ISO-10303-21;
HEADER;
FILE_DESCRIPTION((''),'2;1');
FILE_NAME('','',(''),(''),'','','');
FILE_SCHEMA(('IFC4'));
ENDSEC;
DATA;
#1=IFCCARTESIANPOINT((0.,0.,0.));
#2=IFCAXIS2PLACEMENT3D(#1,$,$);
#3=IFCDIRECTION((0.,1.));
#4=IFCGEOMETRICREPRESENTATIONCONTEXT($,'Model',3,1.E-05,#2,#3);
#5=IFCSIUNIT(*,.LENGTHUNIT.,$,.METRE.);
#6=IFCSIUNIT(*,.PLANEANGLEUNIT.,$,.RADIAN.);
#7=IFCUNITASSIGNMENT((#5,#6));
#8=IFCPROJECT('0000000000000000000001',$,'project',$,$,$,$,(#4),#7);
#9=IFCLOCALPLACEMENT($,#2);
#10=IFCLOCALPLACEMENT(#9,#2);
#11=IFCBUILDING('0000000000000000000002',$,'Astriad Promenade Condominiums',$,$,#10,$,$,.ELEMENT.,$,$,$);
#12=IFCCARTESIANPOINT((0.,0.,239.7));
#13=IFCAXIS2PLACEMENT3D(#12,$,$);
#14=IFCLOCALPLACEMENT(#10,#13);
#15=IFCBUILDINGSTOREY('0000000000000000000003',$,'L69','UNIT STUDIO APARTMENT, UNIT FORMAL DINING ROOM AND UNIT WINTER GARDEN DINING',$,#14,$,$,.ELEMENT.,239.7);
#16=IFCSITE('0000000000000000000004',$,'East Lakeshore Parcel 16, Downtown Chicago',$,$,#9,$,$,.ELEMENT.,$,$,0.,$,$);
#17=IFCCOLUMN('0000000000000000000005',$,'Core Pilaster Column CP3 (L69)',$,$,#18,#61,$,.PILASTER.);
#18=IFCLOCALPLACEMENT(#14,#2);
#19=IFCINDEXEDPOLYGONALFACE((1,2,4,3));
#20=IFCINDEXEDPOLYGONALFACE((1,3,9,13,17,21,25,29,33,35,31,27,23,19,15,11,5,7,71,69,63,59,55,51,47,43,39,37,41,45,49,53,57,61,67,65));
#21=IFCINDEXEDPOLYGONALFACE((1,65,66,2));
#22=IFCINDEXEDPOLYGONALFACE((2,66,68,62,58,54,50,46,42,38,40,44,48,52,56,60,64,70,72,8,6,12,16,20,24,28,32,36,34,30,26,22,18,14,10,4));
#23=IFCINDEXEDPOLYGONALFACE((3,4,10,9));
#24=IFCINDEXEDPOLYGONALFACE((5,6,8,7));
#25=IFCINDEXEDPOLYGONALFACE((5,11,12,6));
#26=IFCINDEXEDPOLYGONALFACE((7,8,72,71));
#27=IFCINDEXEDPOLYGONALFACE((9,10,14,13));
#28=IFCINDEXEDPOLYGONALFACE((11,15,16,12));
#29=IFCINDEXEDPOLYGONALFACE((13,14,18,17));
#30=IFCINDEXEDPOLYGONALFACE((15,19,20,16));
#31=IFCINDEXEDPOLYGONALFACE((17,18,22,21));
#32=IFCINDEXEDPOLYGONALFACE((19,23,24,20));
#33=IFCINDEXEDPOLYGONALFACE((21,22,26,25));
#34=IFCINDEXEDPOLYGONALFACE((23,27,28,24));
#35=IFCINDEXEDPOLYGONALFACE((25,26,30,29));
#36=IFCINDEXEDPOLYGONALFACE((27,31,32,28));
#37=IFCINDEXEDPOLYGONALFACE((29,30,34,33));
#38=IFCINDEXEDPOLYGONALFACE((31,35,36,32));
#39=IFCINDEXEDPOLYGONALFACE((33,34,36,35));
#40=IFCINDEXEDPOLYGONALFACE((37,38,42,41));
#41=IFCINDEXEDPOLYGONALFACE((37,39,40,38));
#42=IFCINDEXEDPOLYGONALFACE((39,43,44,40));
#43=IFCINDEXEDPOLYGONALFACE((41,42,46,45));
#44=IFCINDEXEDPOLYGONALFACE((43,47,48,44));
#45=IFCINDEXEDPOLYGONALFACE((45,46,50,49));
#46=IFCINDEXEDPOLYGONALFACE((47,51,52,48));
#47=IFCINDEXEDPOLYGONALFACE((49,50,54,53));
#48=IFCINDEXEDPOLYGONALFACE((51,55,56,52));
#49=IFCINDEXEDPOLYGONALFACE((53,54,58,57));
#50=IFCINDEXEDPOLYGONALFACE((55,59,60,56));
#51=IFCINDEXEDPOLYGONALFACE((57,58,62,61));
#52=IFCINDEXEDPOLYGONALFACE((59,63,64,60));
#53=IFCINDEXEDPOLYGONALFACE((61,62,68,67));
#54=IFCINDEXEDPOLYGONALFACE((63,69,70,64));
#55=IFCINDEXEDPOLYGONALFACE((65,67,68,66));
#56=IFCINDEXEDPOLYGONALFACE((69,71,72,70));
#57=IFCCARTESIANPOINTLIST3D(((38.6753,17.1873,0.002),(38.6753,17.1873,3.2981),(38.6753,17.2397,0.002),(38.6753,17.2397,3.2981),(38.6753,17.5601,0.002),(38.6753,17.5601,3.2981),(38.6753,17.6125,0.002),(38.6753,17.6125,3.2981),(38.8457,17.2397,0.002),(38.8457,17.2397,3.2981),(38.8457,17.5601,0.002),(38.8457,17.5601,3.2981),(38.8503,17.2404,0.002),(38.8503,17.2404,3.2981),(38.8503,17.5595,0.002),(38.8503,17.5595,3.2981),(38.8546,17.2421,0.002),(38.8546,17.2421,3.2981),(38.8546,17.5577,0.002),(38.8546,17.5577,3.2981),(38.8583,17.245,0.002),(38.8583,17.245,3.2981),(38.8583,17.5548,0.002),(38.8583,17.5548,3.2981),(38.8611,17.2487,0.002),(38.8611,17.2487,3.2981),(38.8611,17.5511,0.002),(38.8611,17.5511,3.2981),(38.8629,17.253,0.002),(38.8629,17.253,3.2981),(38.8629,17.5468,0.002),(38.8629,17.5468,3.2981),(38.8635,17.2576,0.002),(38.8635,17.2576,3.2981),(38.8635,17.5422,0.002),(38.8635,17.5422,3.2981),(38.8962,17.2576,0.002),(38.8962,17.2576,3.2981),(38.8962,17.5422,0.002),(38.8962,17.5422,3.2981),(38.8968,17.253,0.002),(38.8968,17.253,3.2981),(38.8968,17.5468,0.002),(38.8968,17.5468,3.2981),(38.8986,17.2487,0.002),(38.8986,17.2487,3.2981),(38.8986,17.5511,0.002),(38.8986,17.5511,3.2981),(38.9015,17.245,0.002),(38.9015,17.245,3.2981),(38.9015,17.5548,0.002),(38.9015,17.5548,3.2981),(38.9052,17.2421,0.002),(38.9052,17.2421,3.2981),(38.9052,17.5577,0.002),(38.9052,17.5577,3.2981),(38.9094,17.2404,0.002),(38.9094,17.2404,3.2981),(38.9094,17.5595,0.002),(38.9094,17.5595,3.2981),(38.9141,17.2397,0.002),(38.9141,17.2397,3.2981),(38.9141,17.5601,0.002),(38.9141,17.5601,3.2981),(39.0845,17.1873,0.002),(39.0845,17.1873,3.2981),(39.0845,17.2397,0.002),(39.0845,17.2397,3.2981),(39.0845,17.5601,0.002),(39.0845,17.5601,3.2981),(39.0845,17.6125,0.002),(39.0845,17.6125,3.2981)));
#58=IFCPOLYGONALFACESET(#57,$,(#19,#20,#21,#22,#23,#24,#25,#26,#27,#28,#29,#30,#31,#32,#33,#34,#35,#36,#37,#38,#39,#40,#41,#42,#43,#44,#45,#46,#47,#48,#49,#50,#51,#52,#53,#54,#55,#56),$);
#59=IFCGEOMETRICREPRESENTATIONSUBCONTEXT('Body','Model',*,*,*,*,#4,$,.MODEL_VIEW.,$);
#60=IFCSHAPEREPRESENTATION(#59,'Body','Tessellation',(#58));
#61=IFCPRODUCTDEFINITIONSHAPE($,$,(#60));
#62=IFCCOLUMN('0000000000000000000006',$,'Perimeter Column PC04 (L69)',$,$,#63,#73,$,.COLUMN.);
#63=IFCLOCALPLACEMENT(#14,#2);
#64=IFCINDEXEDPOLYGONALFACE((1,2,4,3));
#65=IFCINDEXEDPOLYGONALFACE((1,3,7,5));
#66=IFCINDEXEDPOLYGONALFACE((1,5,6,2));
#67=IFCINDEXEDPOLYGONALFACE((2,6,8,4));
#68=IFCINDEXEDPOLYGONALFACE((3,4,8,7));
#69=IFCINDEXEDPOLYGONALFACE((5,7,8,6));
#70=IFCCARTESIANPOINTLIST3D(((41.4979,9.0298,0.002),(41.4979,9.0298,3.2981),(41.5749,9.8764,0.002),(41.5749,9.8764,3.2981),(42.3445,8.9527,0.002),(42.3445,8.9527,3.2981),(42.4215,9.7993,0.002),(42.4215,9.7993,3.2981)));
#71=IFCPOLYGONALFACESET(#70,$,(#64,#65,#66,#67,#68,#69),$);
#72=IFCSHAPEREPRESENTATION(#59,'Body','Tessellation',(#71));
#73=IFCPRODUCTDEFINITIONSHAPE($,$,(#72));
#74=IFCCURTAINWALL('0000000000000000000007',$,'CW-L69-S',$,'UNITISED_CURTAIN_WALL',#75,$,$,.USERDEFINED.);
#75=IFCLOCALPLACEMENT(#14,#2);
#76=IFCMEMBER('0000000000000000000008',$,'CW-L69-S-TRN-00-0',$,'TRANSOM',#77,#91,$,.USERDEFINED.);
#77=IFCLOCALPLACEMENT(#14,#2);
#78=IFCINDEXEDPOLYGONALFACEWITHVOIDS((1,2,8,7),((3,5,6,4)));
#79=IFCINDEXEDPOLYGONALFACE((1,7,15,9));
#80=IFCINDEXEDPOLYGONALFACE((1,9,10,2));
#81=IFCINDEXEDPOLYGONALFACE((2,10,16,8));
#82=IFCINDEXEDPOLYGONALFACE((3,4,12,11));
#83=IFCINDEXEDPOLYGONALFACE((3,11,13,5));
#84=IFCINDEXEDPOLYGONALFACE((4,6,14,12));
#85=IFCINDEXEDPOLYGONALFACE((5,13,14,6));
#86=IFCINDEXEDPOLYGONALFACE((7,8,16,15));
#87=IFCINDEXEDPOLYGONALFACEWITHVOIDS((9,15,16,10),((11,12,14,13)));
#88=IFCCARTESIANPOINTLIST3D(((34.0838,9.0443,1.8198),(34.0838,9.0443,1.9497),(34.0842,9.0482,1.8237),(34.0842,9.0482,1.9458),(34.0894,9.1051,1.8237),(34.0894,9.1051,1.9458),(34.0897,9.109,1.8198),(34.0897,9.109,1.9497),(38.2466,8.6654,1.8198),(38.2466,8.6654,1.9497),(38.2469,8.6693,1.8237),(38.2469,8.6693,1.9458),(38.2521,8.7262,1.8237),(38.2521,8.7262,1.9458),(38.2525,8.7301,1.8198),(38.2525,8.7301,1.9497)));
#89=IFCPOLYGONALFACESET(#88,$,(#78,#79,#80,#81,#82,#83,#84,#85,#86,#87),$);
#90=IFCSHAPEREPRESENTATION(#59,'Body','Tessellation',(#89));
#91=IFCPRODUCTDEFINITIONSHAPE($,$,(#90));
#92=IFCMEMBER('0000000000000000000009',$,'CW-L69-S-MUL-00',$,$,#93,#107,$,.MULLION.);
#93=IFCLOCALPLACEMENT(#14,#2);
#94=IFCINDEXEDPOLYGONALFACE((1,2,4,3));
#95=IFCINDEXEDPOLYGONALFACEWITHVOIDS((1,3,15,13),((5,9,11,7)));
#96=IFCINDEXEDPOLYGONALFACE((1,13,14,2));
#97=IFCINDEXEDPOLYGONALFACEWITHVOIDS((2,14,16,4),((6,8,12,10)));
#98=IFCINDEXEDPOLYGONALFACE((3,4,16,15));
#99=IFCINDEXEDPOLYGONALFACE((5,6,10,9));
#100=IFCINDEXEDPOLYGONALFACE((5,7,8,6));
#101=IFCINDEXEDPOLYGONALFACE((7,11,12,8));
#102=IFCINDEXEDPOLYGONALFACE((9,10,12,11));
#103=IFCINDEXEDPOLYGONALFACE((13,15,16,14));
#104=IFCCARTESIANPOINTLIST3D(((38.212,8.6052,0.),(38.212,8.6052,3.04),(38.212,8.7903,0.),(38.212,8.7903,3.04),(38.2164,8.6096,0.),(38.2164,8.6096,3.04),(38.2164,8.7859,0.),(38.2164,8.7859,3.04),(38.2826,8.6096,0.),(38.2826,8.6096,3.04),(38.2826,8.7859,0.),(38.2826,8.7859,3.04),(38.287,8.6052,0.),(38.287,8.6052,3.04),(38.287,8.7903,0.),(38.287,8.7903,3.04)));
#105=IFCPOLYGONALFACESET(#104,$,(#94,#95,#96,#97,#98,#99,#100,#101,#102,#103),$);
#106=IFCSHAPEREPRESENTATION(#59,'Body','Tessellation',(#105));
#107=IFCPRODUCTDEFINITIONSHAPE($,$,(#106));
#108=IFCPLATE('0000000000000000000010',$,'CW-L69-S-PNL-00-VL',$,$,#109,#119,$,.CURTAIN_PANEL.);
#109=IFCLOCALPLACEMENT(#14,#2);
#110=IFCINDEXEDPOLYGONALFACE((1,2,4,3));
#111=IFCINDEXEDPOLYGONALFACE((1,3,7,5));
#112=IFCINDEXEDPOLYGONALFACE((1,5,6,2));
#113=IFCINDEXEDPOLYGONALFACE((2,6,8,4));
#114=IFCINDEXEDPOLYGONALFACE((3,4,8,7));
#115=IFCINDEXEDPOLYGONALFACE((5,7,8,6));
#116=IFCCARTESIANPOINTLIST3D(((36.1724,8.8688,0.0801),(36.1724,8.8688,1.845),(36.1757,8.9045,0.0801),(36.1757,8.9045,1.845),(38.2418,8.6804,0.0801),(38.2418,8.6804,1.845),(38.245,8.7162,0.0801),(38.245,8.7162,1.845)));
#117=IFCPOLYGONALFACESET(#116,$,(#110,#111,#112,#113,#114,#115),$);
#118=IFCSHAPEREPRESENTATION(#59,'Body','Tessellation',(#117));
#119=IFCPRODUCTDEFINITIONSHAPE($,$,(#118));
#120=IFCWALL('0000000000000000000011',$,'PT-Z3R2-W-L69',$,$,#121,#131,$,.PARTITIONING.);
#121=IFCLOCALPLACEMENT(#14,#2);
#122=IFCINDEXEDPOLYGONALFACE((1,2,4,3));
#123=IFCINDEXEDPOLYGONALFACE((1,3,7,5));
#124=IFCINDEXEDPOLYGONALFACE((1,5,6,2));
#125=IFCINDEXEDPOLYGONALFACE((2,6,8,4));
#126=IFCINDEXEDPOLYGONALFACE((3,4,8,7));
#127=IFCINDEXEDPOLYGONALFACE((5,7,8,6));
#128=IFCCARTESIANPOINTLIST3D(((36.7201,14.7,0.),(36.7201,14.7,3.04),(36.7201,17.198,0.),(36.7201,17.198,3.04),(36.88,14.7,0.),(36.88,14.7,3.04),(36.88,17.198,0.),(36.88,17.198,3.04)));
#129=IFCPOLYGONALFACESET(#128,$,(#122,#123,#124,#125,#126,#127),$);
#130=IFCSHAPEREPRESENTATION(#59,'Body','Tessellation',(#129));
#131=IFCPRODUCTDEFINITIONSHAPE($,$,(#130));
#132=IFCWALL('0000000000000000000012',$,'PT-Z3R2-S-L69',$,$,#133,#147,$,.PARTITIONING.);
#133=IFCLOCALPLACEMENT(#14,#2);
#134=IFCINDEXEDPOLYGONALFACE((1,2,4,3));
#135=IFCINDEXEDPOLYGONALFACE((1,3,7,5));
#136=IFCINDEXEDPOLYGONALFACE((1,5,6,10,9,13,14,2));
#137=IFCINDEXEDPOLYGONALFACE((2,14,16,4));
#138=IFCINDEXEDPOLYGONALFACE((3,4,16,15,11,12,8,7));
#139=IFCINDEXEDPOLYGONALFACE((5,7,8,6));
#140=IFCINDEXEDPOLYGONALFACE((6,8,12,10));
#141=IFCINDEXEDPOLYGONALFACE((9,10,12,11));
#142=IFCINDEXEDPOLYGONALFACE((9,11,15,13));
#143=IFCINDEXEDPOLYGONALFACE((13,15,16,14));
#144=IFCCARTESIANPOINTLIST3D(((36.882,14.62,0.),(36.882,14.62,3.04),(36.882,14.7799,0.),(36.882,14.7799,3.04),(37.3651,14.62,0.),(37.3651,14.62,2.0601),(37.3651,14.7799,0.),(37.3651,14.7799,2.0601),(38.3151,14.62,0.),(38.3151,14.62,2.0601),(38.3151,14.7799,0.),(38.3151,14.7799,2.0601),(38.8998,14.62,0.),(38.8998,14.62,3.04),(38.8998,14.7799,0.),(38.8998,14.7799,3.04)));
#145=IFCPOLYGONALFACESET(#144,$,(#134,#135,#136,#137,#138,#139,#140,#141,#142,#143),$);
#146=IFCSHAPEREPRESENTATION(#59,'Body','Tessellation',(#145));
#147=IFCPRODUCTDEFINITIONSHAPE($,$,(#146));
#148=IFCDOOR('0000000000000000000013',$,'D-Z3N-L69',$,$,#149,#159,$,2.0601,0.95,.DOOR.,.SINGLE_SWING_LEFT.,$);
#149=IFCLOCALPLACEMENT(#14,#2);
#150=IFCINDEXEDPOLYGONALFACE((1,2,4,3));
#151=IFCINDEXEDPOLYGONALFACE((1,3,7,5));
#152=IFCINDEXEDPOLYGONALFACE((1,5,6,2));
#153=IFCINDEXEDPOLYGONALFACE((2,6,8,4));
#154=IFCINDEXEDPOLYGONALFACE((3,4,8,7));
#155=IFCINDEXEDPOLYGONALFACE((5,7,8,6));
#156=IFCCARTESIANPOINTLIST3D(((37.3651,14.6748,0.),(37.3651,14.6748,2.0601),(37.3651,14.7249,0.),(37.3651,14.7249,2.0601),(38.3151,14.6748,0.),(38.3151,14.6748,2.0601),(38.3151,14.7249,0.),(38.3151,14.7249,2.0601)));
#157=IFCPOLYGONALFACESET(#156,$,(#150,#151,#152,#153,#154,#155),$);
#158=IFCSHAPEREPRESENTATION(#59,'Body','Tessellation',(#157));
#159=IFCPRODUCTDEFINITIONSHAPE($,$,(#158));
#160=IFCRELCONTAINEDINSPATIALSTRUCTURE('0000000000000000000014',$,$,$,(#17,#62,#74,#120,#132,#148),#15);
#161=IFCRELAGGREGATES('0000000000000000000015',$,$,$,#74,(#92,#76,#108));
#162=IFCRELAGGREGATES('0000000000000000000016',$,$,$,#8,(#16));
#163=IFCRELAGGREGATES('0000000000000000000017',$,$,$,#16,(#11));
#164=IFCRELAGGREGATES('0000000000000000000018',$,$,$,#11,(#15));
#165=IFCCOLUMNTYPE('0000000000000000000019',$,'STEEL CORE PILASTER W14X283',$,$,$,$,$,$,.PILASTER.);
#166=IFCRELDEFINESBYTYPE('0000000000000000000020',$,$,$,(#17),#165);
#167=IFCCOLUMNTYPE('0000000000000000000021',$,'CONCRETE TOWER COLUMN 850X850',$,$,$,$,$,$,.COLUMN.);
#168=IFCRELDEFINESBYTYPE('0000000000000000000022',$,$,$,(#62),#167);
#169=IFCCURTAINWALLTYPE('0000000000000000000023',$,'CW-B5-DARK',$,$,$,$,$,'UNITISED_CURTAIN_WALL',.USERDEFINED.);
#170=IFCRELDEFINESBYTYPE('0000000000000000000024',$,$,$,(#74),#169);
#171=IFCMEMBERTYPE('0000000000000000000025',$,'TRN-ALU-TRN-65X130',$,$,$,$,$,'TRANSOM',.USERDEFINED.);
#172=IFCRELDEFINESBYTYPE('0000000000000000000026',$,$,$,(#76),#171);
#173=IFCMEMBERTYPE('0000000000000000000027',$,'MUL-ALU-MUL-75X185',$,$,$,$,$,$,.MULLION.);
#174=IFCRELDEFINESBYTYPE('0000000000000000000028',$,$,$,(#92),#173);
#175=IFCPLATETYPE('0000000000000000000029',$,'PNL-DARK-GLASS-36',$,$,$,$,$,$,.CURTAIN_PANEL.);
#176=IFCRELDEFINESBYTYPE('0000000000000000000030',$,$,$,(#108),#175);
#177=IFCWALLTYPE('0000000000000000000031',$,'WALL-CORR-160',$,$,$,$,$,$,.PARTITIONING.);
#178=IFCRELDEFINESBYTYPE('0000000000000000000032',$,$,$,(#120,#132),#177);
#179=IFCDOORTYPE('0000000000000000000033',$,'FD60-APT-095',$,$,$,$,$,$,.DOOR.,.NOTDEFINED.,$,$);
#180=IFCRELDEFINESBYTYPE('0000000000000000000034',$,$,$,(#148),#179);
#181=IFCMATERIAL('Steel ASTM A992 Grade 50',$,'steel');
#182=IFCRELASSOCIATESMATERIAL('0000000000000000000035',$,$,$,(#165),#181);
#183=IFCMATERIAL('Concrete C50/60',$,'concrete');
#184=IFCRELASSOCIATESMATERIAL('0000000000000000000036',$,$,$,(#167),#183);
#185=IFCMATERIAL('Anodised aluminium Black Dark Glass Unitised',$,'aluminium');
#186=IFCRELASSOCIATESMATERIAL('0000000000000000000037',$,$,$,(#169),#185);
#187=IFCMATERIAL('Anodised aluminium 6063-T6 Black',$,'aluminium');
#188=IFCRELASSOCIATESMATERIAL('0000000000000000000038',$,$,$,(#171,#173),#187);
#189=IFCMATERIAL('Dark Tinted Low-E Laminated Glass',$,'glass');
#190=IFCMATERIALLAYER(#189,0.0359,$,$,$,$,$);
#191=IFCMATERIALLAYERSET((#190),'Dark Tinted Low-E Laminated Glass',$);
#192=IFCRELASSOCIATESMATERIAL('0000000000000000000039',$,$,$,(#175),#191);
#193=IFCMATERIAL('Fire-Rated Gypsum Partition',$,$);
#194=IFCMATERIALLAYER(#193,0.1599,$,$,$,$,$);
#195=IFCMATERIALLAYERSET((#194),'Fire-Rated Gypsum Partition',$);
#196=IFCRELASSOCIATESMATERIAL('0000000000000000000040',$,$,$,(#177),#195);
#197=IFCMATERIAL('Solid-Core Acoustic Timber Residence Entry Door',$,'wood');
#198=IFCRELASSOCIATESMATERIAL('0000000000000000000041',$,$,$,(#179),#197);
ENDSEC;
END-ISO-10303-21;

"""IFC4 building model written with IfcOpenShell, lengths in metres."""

from ifc_helpers import new_model, si_unit, direction, frame, frame_2d, origin, origin_2d, place, context, subcontext, project, spatial, rectangle, hollow_rectangle, i_section, extrude, source, transform, mapped, material, layer, layer_set, material_profile, profile_set, type_object, type_shapes, element, fill, aggregate, save


model = new_model("IFC4")

# Units and contexts
model_context = context("Model", 3, precision=1e-05, world=origin(), true_north=direction((0.0, 1.0)))
body_context = subcontext(model_context, "Body", "Model", "MODEL_VIEW")
ifc_project = project(units=[si_unit("LENGTHUNIT", "METRE"), si_unit("PLANEANGLEUNIT", "RADIAN")], contexts=[model_context])

# Site, building, storey
site_placement = place(None, origin())
site = spatial("IfcSite", under=ifc_project, at=site_placement, Name="East Lakeshore Parcel 16, Downtown Chicago", CompositionType="ELEMENT", RefElevation=0.0)
building_placement = place(site_placement, origin())
building = spatial("IfcBuilding", under=site, at=building_placement, Name="Astriad Promenade Condominiums", CompositionType="ELEMENT")
storey_placement = place(building_placement, frame((0.0, 0.0, 239.7)))
storey = spatial("IfcBuildingStorey", under=building, at=storey_placement, Name="L69", Description="UNIT STUDIO APARTMENT, UNIT FORMAL DINING ROOM AND UNIT WINTER GARDEN DINING", CompositionType="ELEMENT", Elevation=239.7)

# Columns
ifc_material_1 = material(Name="Steel ASTM A992 Grade 50", Category="steel")
ifc_material_profile_1 = material_profile(ifc_material_1, i_section(OverallWidth=0.4092, OverallDepth=0.4253, WebThickness=0.0327, FlangeThickness=0.0525, FilletRadius=0.0178, at=origin_2d()), Name="W14X283")
ifc_profile_set_1 = profile_set([ifc_material_profile_1], Name="Steel ASTM A992 Grade 50")
column_type_1 = type_object("IfcColumnType", Name="STEEL CORE PILASTER W14X283", PredefinedType="PILASTER", material=ifc_profile_set_1)
shared_shape_1 = source(origin(), body_context, "Body", "SweptSolid", [
    extrude(i_section(OverallWidth=0.4092, OverallDepth=0.4253, WebThickness=0.0327, FlangeThickness=0.0525, FilletRadius=0.0178, at=origin_2d()), origin(), (0.0, 0.0, 1.0), 3.2961),
])
type_shapes(column_type_1, [shared_shape_1])
column_1_placement = place(storey_placement, frame((38.8799, 17.3999, 0.002), z_axis=(0.0, 0.0, 1.0), x_axis=(1.0, 0.0, 0.0)))
element("IfcColumn", 1, at=column_1_placement, inside=storey, type_object=column_type_1, Name="Core Pilaster Column CP3 (L69)", PredefinedType="PILASTER", context=body_context, shape_type="MappedRepresentation", body=[
    mapped(shared_shape_1, transform((0.0, 0.0, 0.0), scale=1.0)),
])
ifc_material_2 = material(Name="Concrete C50/60", Category="concrete")
ifc_material_profile_2 = material_profile(ifc_material_2, rectangle(XDim=0.8501, YDim=0.8501, at=origin_2d()), Name="RC-COL-850X850")
ifc_profile_set_2 = profile_set([ifc_material_profile_2], Name="Concrete C50/60")
column_type_2 = type_object("IfcColumnType", Name="CONCRETE TOWER COLUMN 850X850", PredefinedType="COLUMN", material=ifc_profile_set_2)
shared_shape_2 = source(origin(), body_context, "Body", "SweptSolid", [
    extrude(rectangle(XDim=0.8501, YDim=0.8501, at=origin_2d()), origin(), (0.0, 0.0, 1.0), 3.2961),
])
type_shapes(column_type_2, [shared_shape_2])
column_2_placement = place(storey_placement, frame((41.9597, 9.4146, 0.002), z_axis=(0.0, 0.0, 1.0), x_axis=(0.995884, -0.090633, 0.0)))
element("IfcColumn", 2, at=column_2_placement, inside=storey, type_object=column_type_2, Name="Perimeter Column PC04 (L69)", PredefinedType="COLUMN", context=body_context, shape_type="MappedRepresentation", body=[
    mapped(shared_shape_2, transform((0.0, 0.0, 0.0), scale=1.0)),
])

# Curtain wall, members, plate
ifc_material_3 = material(Name="Anodised aluminium Black Dark Glass Unitised", Category="aluminium")
curtain_wall_type = type_object("IfcCurtainWallType", Name="CW-B5-DARK", ElementType="UNITISED_CURTAIN_WALL", PredefinedType="USERDEFINED", material=ifc_material_3)
curtain_wall_placement = place(storey_placement, origin())
curtain_wall = element("IfcCurtainWall", 3, at=curtain_wall_placement, inside=storey, type_object=curtain_wall_type, Name="CW-L69-S", ObjectType="UNITISED_CURTAIN_WALL", PredefinedType="USERDEFINED")
ifc_material_4 = material(Name="Anodised aluminium 6063-T6 Black", Category="aluminium")
ifc_material_profile_3 = material_profile(ifc_material_4, hollow_rectangle(XDim=0.0649, YDim=0.1299, WallThickness=0.0039, at=origin_2d()), Name="ALU-TRN-65X130")
ifc_profile_set_3 = profile_set([ifc_material_profile_3], Name="Anodised aluminium 6063-T6 Black")
member_type_1 = type_object("IfcMemberType", Name="TRN-ALU-TRN-65X130", ElementType="TRANSOM", PredefinedType="USERDEFINED", material=ifc_profile_set_3)
shared_shape_3 = source(origin(), body_context, "Body", "SweptSolid", [
    extrude(hollow_rectangle(XDim=0.0649, YDim=0.1299, WallThickness=0.0039, at=origin_2d()), origin(), (0.0, 0.0, 1.0), 4.1799),
])
type_shapes(member_type_1, [shared_shape_3])
member_1_placement = place(storey_placement, frame((38.2495, 8.6978, 1.8848), z_axis=(-0.995883, 0.090646, 0.0), x_axis=(-0.090646, -0.995883, 0.0)))
member_1 = element("IfcMember", 4, at=member_1_placement, type_object=member_type_1, Name="CW-L69-S-TRN-00-0", ObjectType="TRANSOM", PredefinedType="USERDEFINED", context=body_context, shape_type="MappedRepresentation", body=[
    mapped(shared_shape_3, transform((0.0, 0.0, 0.0), scale=1.0)),
])
ifc_material_profile_4 = material_profile(ifc_material_4, hollow_rectangle(XDim=0.075, YDim=0.1851, WallThickness=0.0044, at=origin_2d()), Name="ALU-MUL-75X185")
ifc_profile_set_4 = profile_set([ifc_material_profile_4], Name="Anodised aluminium 6063-T6 Black")
member_type_2 = type_object("IfcMemberType", Name="MUL-ALU-MUL-75X185", PredefinedType="MULLION", material=ifc_profile_set_4)
shared_shape_4 = source(origin(), body_context, "Body", "SweptSolid", [
    extrude(hollow_rectangle(XDim=0.075, YDim=0.1851, WallThickness=0.0044, at=origin_2d()), origin(), (0.0, 0.0, 1.0), 3.04),
])
type_shapes(member_type_2, [shared_shape_4])
member_2_placement = place(storey_placement, frame((38.2495, 8.6978, 0.0), z_axis=(0.0, 0.0, 1.0), x_axis=(1.0, 0.0, 0.0)))
member_2 = element("IfcMember", 5, at=member_2_placement, type_object=member_type_2, Name="CW-L69-S-MUL-00", PredefinedType="MULLION", context=body_context, shape_type="MappedRepresentation", body=[
    mapped(shared_shape_4, transform((0.0, 0.0, 0.0), scale=1.0)),
])
ifc_material_5 = material(Name="Dark Tinted Low-E Laminated Glass", Category="glass")
ifc_layer_1 = layer(ifc_material_5, 0.0359)
ifc_layer_set_1 = layer_set([ifc_layer_1], Name="Dark Tinted Low-E Laminated Glass")
plate_type = type_object("IfcPlateType", Name="PNL-DARK-GLASS-36", PredefinedType="CURTAIN_PANEL", material=ifc_layer_set_1)
shared_shape_5 = source(origin(), body_context, "Body", "SweptSolid", [
    extrude(rectangle(XDim=2.0779, YDim=0.0359, at=origin_2d()), origin(), (0.0, 0.0, 1.0), 1.7649),
])
type_shapes(plate_type, [shared_shape_5])
plate_placement = place(storey_placement, frame((37.2087, 8.7925, 0.0801), z_axis=(0.0, 0.0, 1.0), x_axis=(-0.995884, 0.090633, 0.0)))
plate = element("IfcPlate", 6, at=plate_placement, type_object=plate_type, Name="CW-L69-S-PNL-00-VL", PredefinedType="CURTAIN_PANEL", context=body_context, shape_type="MappedRepresentation", body=[
    mapped(shared_shape_5, transform((0.0, 0.0, 0.0), scale=1.0)),
])
aggregate(curtain_wall, [member_2, member_1, plate])

# Wall
ifc_material_6 = material(Name="Fire-Rated Gypsum Partition")
ifc_layer_2 = layer(ifc_material_6, 0.1599)
ifc_layer_set_2 = layer_set([ifc_layer_2], Name="Fire-Rated Gypsum Partition")
wall_type_1 = type_object("IfcWallType", Name="WALL-CORR-160", PredefinedType="PARTITIONING", material=ifc_layer_set_2)
wall_1_placement = place(storey_placement, frame((36.8, 14.7, 0.0), z_axis=(0.0, 0.0, 1.0), x_axis=(0.0, 1.0, 0.0)))
element("IfcWall", 7, at=wall_1_placement, inside=storey, type_object=wall_type_1, Name="PT-Z3R2-W-L69", PredefinedType="PARTITIONING", context=body_context, shape_type="SweptSolid", body=[
    extrude(rectangle(XDim=2.498, YDim=0.1599, at=frame_2d((1.249, 0.0))), origin(), (0.0, 0.0, 1.0), 3.04),
])

# Wall, opening, door
wall_2_placement = place(storey_placement, frame((36.8821, 14.7, 0.0), z_axis=(0.0, 0.0, 1.0), x_axis=(1.0, 0.0, 0.0)))
wall_2 = element("IfcWall", 8, at=wall_2_placement, inside=storey, type_object=wall_type_1, Name="PT-Z3R2-S-L69", PredefinedType="PARTITIONING", context=body_context, shape_type="SweptSolid", body=[
    extrude(rectangle(XDim=2.0178, YDim=0.1599, at=frame_2d((1.0088, 0.0))), origin(), (0.0, 0.0, 1.0), 3.04),
])
opening_1_placement = place(wall_2_placement, frame((0.4829, 0.0, 0.0)))
opening_1 = element("IfcOpeningElement", 9, at=opening_1_placement, cuts=wall_2, PredefinedType="OPENING", context=body_context, shape_type="SweptSolid", body=[
    extrude(rectangle(XDim=0.95, YDim=2.0601, at=frame_2d((0.4751, 1.03))), frame((0.0, 0.0898, 0.0), z_axis=(0.0, -1.0, 0.0), x_axis=(1.0, 0.0, 0.0)), (0.0, 0.0, 1.0), 0.1799),
])
ifc_material_7 = material(Name="Solid-Core Acoustic Timber Residence Entry Door", Category="wood")
door_type_1 = type_object("IfcDoorType", Name="FD60-APT-095", OperationType="NOTDEFINED", PredefinedType="DOOR", material=ifc_material_7)
shared_shape_6 = source(origin(), body_context, "Body", "SweptSolid", [
    extrude(rectangle(XDim=0.95, YDim=2.0601, at=frame_2d((0.4751, 1.03))), frame((0.0, 0.0249, 0.0), z_axis=(0.0, -1.0, 0.0), x_axis=(1.0, 0.0, 0.0)), (0.0, 0.0, 1.0), 0.05),
])
type_shapes(door_type_1, [shared_shape_6])
door_1_placement = place(opening_1_placement, origin())
door_1 = element("IfcDoor", 10, at=door_1_placement, inside=storey, type_object=door_type_1, Name="D-Z3N-L69", OperationType="SINGLE_SWING_LEFT", OverallHeight=2.0601, OverallWidth=0.95, PredefinedType="DOOR", context=body_context, shape_type="MappedRepresentation", body=[
    mapped(shared_shape_6, transform((0.0, 0.0, 0.0), scale=1.0)),
])
fill(opening_1, door_1)

save(model, "model.ifc")
